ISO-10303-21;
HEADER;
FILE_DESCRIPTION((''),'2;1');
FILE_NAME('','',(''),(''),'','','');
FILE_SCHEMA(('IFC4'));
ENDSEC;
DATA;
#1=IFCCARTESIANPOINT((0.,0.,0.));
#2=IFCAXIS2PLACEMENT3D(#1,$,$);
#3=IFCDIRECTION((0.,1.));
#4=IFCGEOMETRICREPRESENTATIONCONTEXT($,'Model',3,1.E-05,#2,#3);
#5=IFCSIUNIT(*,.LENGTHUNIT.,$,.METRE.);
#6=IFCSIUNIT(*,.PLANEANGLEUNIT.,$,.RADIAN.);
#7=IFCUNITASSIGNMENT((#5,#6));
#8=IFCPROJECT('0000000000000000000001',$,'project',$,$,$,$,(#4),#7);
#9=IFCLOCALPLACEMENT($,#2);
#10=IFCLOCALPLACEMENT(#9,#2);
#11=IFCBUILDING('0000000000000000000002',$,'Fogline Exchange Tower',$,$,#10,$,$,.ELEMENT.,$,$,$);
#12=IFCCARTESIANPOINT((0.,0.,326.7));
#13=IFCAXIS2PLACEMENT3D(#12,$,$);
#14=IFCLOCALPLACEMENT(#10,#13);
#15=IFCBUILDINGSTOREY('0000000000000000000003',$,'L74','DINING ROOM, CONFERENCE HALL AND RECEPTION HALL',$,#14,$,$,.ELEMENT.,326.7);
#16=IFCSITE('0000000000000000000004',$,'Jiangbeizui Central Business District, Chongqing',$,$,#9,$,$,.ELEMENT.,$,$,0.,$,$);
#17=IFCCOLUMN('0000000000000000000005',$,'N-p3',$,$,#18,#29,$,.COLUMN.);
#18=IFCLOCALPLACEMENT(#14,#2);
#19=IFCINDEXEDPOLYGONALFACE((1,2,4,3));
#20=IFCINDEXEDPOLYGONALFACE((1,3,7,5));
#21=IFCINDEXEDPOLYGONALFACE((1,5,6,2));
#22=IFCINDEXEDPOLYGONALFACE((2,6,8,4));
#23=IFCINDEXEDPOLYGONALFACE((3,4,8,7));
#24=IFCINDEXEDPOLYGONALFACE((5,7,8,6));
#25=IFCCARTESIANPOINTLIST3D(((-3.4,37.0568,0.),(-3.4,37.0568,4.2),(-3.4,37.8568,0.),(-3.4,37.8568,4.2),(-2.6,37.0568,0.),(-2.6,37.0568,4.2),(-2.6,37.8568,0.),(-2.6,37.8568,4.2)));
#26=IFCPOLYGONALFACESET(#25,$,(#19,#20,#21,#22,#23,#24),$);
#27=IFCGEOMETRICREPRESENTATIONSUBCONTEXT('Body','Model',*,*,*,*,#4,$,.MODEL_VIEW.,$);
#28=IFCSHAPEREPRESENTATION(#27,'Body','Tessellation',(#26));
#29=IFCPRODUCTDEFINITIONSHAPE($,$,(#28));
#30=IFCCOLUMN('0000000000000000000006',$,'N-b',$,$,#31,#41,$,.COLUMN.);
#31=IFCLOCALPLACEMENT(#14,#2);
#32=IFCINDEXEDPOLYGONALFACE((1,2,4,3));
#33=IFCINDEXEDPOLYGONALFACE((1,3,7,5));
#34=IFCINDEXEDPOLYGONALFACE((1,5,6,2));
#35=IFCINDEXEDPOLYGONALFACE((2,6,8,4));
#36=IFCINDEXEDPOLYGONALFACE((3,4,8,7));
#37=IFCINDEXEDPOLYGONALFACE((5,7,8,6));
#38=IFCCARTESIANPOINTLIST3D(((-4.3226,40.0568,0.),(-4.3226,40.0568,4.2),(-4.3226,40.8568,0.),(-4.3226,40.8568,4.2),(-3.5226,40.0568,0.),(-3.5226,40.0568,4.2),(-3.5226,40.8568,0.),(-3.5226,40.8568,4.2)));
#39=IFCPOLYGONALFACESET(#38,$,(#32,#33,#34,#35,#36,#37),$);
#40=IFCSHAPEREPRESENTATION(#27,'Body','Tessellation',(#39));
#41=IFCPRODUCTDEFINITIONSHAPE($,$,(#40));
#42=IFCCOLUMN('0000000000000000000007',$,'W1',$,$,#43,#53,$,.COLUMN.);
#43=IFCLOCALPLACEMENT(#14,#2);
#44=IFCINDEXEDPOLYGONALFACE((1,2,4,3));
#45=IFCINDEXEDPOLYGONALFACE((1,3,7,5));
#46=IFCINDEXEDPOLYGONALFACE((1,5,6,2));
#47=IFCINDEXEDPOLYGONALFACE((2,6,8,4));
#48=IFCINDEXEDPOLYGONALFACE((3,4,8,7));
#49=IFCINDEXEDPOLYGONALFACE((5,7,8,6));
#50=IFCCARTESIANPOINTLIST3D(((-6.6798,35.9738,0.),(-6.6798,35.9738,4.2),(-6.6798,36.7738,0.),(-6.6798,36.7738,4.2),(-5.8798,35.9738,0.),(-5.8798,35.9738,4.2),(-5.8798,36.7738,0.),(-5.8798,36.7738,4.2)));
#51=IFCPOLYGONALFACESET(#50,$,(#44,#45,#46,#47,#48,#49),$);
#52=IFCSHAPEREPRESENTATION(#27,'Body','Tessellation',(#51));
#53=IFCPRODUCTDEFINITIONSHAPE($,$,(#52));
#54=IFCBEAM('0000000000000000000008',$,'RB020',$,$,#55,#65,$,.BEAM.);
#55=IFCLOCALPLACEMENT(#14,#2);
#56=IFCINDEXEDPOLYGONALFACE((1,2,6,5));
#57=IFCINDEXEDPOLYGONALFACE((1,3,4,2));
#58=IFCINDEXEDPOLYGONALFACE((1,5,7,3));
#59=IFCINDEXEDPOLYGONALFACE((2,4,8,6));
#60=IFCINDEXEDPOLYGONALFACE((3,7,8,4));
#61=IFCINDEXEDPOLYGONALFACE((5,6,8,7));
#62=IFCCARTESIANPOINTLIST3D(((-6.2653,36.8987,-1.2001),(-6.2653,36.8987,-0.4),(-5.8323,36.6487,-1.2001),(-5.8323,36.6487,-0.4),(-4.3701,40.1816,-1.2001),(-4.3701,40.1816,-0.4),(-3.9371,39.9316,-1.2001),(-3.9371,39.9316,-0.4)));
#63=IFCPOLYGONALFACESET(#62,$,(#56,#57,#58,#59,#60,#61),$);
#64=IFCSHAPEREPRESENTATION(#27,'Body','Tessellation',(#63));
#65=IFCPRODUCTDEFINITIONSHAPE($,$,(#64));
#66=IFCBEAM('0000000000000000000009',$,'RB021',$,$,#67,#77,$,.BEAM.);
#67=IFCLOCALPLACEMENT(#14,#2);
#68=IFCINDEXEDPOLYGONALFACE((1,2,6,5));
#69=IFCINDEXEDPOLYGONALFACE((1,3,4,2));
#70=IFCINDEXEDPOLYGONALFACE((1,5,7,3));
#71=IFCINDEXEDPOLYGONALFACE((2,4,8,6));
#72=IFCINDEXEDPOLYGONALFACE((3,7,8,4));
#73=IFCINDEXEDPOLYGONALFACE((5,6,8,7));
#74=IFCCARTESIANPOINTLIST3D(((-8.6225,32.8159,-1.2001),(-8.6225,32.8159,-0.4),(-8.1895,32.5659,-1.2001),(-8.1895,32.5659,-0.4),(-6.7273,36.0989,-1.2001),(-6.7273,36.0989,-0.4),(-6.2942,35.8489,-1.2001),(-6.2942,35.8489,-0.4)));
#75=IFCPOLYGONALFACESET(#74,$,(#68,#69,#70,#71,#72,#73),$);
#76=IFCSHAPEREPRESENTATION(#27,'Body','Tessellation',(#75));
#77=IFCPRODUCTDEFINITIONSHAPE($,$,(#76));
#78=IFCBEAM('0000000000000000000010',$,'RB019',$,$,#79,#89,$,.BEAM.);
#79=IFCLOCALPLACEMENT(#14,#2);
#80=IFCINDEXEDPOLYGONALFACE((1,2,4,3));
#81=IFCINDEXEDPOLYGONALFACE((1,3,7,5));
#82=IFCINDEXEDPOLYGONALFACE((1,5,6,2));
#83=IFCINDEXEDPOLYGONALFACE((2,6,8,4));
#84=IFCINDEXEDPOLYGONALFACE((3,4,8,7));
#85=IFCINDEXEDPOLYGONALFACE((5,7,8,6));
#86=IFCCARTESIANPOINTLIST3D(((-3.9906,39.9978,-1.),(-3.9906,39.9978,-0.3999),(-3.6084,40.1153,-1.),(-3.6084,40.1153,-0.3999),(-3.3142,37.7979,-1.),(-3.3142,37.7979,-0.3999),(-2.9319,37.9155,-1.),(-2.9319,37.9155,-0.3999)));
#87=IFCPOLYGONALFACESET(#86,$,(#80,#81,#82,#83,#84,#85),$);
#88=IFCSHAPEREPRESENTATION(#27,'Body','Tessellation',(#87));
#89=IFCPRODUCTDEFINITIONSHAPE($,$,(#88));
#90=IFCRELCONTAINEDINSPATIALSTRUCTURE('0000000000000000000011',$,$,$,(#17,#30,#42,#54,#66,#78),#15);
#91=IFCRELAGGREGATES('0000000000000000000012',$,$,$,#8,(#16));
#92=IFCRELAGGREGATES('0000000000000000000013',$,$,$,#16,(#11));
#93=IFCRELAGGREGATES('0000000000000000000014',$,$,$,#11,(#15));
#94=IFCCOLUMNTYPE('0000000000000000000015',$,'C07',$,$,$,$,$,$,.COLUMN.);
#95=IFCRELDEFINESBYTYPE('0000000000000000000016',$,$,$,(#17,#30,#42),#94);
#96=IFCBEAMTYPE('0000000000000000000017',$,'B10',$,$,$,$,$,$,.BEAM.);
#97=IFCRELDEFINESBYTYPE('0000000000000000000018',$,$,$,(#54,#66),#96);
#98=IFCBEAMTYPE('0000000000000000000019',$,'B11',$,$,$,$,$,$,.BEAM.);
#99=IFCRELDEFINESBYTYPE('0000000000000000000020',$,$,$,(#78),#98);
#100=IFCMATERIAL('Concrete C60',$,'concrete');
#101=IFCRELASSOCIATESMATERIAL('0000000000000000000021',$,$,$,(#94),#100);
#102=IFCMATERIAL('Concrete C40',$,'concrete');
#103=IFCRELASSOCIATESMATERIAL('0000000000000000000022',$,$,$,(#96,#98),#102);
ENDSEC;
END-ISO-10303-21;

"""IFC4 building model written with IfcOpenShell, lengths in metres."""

from ifc_helpers import new_model, si_unit, direction, frame, origin, origin_2d, place, context, subcontext, project, spatial, rectangle, extrude, material, material_profile, profile_set, type_object, element, save


model = new_model("IFC4")

# Units and contexts
model_context = context("Model", 3, precision=1e-05, world=origin(), true_north=direction((0.0, 1.0)))
body_context = subcontext(model_context, "Body", "Model", "MODEL_VIEW")
ifc_project = project(units=[si_unit("LENGTHUNIT", "METRE"), si_unit("PLANEANGLEUNIT", "RADIAN")], contexts=[model_context])

# Site, building, storey
site_placement = place(None, origin())
site = spatial("IfcSite", under=ifc_project, at=site_placement, Name="Jiangbeizui Central Business District, Chongqing", CompositionType="ELEMENT", RefElevation=0.0)
building_placement = place(site_placement, origin())
building = spatial("IfcBuilding", under=site, at=building_placement, Name="Fogline Exchange Tower", CompositionType="ELEMENT")
storey_placement = place(building_placement, frame((0.0, 0.0, 326.7)))
storey = spatial("IfcBuildingStorey", under=building, at=storey_placement, Name="L74", Description="DINING ROOM, CONFERENCE HALL AND RECEPTION HALL", CompositionType="ELEMENT", Elevation=326.7)

# Columns
ifc_material_1 = material(Name="Concrete C60", Category="concrete")
ifc_material_profile_1 = material_profile(ifc_material_1, rectangle(XDim=0.8, YDim=0.8, at=origin_2d()), Name="RC 800x800")
ifc_profile_set_1 = profile_set([ifc_material_profile_1], Name="Concrete C60")
column_type = type_object("IfcColumnType", Name="C07", PredefinedType="COLUMN", material=ifc_profile_set_1)
for number, where, z_axis, x_axis, name in (
    (1, (-3.0, 37.4568, 0.0), (0.0, 0.0, 1.0), (1.0, 0.0, 0.0), "N-p3"),
    (2, (-3.9226, 40.4568, 0.0), (0.0, 0.0, 1.0), (1.0, 0.0, 0.0), "N-b"),
    (3, (-6.2798, 36.3738, 0.0), (0.0, 0.0, 1.0), (1.0, 0.0, 0.0), "W1"),
):
    element("IfcColumn", number, at=place(storey_placement, frame(where, z_axis=z_axis, x_axis=x_axis)), inside=storey, type_object=column_type, Name=name, PredefinedType="COLUMN", context=body_context, shape_type="SweptSolid", body=[
        extrude(rectangle(XDim=0.8, YDim=0.8, at=origin_2d()), origin(), (0.0, 0.0, 1.0), 4.2),
    ])

# Beams
ifc_material_2 = material(Name="Concrete C40", Category="concrete")
ifc_material_profile_2 = material_profile(ifc_material_2, rectangle(XDim=0.5, YDim=0.8, at=origin_2d()), Name="RC 500x800")
ifc_profile_set_2 = profile_set([ifc_material_profile_2], Name="Concrete C40")
beam_type_1 = type_object("IfcBeamType", Name="B10", PredefinedType="BEAM", material=ifc_profile_set_2)
for number, where, z_axis, x_axis, name in (
    (4, (-4.1536, 40.0566, -0.8), (-0.49997, -0.866043, 0.0), (0.866043, -0.49997, 0.0), "RB020"),
    (5, (-6.5107, 35.9739, -0.8), (-0.49997, -0.866043, 0.0), (0.866043, -0.49997, 0.0), "RB021"),
):
    element("IfcBeam", number, at=place(storey_placement, frame(where, z_axis=z_axis, x_axis=x_axis)), inside=storey, type_object=beam_type_1, Name=name, PredefinedType="BEAM", context=body_context, shape_type="SweptSolid", body=[
        extrude(rectangle(XDim=0.5, YDim=0.8, at=origin_2d()), origin(), (0.0, 0.0, 1.0), 3.7908),
    ])
ifc_material_profile_3 = material_profile(ifc_material_2, rectangle(XDim=0.3999, YDim=0.6001, at=origin_2d()), Name="RC 400x600")
ifc_profile_set_3 = profile_set([ifc_material_profile_3], Name="Concrete C40")
beam_type_2 = type_object("IfcBeamType", Name="B11", PredefinedType="BEAM", material=ifc_profile_set_3)
beam_placement = place(storey_placement, frame((-3.123, 37.8567, -0.7), z_axis=(-0.293929, 0.955827, 0.0), x_axis=(-0.955827, -0.293929, 0.0)))
element("IfcBeam", 6, at=beam_placement, inside=storey, type_object=beam_type_2, Name="RB019", PredefinedType="BEAM", context=body_context, shape_type="SweptSolid", body=[
    extrude(rectangle(XDim=0.3999, YDim=0.6001, at=origin_2d()), origin(), (0.0, 0.0, 1.0), 2.3015),
])

save(model, "model.ifc")
